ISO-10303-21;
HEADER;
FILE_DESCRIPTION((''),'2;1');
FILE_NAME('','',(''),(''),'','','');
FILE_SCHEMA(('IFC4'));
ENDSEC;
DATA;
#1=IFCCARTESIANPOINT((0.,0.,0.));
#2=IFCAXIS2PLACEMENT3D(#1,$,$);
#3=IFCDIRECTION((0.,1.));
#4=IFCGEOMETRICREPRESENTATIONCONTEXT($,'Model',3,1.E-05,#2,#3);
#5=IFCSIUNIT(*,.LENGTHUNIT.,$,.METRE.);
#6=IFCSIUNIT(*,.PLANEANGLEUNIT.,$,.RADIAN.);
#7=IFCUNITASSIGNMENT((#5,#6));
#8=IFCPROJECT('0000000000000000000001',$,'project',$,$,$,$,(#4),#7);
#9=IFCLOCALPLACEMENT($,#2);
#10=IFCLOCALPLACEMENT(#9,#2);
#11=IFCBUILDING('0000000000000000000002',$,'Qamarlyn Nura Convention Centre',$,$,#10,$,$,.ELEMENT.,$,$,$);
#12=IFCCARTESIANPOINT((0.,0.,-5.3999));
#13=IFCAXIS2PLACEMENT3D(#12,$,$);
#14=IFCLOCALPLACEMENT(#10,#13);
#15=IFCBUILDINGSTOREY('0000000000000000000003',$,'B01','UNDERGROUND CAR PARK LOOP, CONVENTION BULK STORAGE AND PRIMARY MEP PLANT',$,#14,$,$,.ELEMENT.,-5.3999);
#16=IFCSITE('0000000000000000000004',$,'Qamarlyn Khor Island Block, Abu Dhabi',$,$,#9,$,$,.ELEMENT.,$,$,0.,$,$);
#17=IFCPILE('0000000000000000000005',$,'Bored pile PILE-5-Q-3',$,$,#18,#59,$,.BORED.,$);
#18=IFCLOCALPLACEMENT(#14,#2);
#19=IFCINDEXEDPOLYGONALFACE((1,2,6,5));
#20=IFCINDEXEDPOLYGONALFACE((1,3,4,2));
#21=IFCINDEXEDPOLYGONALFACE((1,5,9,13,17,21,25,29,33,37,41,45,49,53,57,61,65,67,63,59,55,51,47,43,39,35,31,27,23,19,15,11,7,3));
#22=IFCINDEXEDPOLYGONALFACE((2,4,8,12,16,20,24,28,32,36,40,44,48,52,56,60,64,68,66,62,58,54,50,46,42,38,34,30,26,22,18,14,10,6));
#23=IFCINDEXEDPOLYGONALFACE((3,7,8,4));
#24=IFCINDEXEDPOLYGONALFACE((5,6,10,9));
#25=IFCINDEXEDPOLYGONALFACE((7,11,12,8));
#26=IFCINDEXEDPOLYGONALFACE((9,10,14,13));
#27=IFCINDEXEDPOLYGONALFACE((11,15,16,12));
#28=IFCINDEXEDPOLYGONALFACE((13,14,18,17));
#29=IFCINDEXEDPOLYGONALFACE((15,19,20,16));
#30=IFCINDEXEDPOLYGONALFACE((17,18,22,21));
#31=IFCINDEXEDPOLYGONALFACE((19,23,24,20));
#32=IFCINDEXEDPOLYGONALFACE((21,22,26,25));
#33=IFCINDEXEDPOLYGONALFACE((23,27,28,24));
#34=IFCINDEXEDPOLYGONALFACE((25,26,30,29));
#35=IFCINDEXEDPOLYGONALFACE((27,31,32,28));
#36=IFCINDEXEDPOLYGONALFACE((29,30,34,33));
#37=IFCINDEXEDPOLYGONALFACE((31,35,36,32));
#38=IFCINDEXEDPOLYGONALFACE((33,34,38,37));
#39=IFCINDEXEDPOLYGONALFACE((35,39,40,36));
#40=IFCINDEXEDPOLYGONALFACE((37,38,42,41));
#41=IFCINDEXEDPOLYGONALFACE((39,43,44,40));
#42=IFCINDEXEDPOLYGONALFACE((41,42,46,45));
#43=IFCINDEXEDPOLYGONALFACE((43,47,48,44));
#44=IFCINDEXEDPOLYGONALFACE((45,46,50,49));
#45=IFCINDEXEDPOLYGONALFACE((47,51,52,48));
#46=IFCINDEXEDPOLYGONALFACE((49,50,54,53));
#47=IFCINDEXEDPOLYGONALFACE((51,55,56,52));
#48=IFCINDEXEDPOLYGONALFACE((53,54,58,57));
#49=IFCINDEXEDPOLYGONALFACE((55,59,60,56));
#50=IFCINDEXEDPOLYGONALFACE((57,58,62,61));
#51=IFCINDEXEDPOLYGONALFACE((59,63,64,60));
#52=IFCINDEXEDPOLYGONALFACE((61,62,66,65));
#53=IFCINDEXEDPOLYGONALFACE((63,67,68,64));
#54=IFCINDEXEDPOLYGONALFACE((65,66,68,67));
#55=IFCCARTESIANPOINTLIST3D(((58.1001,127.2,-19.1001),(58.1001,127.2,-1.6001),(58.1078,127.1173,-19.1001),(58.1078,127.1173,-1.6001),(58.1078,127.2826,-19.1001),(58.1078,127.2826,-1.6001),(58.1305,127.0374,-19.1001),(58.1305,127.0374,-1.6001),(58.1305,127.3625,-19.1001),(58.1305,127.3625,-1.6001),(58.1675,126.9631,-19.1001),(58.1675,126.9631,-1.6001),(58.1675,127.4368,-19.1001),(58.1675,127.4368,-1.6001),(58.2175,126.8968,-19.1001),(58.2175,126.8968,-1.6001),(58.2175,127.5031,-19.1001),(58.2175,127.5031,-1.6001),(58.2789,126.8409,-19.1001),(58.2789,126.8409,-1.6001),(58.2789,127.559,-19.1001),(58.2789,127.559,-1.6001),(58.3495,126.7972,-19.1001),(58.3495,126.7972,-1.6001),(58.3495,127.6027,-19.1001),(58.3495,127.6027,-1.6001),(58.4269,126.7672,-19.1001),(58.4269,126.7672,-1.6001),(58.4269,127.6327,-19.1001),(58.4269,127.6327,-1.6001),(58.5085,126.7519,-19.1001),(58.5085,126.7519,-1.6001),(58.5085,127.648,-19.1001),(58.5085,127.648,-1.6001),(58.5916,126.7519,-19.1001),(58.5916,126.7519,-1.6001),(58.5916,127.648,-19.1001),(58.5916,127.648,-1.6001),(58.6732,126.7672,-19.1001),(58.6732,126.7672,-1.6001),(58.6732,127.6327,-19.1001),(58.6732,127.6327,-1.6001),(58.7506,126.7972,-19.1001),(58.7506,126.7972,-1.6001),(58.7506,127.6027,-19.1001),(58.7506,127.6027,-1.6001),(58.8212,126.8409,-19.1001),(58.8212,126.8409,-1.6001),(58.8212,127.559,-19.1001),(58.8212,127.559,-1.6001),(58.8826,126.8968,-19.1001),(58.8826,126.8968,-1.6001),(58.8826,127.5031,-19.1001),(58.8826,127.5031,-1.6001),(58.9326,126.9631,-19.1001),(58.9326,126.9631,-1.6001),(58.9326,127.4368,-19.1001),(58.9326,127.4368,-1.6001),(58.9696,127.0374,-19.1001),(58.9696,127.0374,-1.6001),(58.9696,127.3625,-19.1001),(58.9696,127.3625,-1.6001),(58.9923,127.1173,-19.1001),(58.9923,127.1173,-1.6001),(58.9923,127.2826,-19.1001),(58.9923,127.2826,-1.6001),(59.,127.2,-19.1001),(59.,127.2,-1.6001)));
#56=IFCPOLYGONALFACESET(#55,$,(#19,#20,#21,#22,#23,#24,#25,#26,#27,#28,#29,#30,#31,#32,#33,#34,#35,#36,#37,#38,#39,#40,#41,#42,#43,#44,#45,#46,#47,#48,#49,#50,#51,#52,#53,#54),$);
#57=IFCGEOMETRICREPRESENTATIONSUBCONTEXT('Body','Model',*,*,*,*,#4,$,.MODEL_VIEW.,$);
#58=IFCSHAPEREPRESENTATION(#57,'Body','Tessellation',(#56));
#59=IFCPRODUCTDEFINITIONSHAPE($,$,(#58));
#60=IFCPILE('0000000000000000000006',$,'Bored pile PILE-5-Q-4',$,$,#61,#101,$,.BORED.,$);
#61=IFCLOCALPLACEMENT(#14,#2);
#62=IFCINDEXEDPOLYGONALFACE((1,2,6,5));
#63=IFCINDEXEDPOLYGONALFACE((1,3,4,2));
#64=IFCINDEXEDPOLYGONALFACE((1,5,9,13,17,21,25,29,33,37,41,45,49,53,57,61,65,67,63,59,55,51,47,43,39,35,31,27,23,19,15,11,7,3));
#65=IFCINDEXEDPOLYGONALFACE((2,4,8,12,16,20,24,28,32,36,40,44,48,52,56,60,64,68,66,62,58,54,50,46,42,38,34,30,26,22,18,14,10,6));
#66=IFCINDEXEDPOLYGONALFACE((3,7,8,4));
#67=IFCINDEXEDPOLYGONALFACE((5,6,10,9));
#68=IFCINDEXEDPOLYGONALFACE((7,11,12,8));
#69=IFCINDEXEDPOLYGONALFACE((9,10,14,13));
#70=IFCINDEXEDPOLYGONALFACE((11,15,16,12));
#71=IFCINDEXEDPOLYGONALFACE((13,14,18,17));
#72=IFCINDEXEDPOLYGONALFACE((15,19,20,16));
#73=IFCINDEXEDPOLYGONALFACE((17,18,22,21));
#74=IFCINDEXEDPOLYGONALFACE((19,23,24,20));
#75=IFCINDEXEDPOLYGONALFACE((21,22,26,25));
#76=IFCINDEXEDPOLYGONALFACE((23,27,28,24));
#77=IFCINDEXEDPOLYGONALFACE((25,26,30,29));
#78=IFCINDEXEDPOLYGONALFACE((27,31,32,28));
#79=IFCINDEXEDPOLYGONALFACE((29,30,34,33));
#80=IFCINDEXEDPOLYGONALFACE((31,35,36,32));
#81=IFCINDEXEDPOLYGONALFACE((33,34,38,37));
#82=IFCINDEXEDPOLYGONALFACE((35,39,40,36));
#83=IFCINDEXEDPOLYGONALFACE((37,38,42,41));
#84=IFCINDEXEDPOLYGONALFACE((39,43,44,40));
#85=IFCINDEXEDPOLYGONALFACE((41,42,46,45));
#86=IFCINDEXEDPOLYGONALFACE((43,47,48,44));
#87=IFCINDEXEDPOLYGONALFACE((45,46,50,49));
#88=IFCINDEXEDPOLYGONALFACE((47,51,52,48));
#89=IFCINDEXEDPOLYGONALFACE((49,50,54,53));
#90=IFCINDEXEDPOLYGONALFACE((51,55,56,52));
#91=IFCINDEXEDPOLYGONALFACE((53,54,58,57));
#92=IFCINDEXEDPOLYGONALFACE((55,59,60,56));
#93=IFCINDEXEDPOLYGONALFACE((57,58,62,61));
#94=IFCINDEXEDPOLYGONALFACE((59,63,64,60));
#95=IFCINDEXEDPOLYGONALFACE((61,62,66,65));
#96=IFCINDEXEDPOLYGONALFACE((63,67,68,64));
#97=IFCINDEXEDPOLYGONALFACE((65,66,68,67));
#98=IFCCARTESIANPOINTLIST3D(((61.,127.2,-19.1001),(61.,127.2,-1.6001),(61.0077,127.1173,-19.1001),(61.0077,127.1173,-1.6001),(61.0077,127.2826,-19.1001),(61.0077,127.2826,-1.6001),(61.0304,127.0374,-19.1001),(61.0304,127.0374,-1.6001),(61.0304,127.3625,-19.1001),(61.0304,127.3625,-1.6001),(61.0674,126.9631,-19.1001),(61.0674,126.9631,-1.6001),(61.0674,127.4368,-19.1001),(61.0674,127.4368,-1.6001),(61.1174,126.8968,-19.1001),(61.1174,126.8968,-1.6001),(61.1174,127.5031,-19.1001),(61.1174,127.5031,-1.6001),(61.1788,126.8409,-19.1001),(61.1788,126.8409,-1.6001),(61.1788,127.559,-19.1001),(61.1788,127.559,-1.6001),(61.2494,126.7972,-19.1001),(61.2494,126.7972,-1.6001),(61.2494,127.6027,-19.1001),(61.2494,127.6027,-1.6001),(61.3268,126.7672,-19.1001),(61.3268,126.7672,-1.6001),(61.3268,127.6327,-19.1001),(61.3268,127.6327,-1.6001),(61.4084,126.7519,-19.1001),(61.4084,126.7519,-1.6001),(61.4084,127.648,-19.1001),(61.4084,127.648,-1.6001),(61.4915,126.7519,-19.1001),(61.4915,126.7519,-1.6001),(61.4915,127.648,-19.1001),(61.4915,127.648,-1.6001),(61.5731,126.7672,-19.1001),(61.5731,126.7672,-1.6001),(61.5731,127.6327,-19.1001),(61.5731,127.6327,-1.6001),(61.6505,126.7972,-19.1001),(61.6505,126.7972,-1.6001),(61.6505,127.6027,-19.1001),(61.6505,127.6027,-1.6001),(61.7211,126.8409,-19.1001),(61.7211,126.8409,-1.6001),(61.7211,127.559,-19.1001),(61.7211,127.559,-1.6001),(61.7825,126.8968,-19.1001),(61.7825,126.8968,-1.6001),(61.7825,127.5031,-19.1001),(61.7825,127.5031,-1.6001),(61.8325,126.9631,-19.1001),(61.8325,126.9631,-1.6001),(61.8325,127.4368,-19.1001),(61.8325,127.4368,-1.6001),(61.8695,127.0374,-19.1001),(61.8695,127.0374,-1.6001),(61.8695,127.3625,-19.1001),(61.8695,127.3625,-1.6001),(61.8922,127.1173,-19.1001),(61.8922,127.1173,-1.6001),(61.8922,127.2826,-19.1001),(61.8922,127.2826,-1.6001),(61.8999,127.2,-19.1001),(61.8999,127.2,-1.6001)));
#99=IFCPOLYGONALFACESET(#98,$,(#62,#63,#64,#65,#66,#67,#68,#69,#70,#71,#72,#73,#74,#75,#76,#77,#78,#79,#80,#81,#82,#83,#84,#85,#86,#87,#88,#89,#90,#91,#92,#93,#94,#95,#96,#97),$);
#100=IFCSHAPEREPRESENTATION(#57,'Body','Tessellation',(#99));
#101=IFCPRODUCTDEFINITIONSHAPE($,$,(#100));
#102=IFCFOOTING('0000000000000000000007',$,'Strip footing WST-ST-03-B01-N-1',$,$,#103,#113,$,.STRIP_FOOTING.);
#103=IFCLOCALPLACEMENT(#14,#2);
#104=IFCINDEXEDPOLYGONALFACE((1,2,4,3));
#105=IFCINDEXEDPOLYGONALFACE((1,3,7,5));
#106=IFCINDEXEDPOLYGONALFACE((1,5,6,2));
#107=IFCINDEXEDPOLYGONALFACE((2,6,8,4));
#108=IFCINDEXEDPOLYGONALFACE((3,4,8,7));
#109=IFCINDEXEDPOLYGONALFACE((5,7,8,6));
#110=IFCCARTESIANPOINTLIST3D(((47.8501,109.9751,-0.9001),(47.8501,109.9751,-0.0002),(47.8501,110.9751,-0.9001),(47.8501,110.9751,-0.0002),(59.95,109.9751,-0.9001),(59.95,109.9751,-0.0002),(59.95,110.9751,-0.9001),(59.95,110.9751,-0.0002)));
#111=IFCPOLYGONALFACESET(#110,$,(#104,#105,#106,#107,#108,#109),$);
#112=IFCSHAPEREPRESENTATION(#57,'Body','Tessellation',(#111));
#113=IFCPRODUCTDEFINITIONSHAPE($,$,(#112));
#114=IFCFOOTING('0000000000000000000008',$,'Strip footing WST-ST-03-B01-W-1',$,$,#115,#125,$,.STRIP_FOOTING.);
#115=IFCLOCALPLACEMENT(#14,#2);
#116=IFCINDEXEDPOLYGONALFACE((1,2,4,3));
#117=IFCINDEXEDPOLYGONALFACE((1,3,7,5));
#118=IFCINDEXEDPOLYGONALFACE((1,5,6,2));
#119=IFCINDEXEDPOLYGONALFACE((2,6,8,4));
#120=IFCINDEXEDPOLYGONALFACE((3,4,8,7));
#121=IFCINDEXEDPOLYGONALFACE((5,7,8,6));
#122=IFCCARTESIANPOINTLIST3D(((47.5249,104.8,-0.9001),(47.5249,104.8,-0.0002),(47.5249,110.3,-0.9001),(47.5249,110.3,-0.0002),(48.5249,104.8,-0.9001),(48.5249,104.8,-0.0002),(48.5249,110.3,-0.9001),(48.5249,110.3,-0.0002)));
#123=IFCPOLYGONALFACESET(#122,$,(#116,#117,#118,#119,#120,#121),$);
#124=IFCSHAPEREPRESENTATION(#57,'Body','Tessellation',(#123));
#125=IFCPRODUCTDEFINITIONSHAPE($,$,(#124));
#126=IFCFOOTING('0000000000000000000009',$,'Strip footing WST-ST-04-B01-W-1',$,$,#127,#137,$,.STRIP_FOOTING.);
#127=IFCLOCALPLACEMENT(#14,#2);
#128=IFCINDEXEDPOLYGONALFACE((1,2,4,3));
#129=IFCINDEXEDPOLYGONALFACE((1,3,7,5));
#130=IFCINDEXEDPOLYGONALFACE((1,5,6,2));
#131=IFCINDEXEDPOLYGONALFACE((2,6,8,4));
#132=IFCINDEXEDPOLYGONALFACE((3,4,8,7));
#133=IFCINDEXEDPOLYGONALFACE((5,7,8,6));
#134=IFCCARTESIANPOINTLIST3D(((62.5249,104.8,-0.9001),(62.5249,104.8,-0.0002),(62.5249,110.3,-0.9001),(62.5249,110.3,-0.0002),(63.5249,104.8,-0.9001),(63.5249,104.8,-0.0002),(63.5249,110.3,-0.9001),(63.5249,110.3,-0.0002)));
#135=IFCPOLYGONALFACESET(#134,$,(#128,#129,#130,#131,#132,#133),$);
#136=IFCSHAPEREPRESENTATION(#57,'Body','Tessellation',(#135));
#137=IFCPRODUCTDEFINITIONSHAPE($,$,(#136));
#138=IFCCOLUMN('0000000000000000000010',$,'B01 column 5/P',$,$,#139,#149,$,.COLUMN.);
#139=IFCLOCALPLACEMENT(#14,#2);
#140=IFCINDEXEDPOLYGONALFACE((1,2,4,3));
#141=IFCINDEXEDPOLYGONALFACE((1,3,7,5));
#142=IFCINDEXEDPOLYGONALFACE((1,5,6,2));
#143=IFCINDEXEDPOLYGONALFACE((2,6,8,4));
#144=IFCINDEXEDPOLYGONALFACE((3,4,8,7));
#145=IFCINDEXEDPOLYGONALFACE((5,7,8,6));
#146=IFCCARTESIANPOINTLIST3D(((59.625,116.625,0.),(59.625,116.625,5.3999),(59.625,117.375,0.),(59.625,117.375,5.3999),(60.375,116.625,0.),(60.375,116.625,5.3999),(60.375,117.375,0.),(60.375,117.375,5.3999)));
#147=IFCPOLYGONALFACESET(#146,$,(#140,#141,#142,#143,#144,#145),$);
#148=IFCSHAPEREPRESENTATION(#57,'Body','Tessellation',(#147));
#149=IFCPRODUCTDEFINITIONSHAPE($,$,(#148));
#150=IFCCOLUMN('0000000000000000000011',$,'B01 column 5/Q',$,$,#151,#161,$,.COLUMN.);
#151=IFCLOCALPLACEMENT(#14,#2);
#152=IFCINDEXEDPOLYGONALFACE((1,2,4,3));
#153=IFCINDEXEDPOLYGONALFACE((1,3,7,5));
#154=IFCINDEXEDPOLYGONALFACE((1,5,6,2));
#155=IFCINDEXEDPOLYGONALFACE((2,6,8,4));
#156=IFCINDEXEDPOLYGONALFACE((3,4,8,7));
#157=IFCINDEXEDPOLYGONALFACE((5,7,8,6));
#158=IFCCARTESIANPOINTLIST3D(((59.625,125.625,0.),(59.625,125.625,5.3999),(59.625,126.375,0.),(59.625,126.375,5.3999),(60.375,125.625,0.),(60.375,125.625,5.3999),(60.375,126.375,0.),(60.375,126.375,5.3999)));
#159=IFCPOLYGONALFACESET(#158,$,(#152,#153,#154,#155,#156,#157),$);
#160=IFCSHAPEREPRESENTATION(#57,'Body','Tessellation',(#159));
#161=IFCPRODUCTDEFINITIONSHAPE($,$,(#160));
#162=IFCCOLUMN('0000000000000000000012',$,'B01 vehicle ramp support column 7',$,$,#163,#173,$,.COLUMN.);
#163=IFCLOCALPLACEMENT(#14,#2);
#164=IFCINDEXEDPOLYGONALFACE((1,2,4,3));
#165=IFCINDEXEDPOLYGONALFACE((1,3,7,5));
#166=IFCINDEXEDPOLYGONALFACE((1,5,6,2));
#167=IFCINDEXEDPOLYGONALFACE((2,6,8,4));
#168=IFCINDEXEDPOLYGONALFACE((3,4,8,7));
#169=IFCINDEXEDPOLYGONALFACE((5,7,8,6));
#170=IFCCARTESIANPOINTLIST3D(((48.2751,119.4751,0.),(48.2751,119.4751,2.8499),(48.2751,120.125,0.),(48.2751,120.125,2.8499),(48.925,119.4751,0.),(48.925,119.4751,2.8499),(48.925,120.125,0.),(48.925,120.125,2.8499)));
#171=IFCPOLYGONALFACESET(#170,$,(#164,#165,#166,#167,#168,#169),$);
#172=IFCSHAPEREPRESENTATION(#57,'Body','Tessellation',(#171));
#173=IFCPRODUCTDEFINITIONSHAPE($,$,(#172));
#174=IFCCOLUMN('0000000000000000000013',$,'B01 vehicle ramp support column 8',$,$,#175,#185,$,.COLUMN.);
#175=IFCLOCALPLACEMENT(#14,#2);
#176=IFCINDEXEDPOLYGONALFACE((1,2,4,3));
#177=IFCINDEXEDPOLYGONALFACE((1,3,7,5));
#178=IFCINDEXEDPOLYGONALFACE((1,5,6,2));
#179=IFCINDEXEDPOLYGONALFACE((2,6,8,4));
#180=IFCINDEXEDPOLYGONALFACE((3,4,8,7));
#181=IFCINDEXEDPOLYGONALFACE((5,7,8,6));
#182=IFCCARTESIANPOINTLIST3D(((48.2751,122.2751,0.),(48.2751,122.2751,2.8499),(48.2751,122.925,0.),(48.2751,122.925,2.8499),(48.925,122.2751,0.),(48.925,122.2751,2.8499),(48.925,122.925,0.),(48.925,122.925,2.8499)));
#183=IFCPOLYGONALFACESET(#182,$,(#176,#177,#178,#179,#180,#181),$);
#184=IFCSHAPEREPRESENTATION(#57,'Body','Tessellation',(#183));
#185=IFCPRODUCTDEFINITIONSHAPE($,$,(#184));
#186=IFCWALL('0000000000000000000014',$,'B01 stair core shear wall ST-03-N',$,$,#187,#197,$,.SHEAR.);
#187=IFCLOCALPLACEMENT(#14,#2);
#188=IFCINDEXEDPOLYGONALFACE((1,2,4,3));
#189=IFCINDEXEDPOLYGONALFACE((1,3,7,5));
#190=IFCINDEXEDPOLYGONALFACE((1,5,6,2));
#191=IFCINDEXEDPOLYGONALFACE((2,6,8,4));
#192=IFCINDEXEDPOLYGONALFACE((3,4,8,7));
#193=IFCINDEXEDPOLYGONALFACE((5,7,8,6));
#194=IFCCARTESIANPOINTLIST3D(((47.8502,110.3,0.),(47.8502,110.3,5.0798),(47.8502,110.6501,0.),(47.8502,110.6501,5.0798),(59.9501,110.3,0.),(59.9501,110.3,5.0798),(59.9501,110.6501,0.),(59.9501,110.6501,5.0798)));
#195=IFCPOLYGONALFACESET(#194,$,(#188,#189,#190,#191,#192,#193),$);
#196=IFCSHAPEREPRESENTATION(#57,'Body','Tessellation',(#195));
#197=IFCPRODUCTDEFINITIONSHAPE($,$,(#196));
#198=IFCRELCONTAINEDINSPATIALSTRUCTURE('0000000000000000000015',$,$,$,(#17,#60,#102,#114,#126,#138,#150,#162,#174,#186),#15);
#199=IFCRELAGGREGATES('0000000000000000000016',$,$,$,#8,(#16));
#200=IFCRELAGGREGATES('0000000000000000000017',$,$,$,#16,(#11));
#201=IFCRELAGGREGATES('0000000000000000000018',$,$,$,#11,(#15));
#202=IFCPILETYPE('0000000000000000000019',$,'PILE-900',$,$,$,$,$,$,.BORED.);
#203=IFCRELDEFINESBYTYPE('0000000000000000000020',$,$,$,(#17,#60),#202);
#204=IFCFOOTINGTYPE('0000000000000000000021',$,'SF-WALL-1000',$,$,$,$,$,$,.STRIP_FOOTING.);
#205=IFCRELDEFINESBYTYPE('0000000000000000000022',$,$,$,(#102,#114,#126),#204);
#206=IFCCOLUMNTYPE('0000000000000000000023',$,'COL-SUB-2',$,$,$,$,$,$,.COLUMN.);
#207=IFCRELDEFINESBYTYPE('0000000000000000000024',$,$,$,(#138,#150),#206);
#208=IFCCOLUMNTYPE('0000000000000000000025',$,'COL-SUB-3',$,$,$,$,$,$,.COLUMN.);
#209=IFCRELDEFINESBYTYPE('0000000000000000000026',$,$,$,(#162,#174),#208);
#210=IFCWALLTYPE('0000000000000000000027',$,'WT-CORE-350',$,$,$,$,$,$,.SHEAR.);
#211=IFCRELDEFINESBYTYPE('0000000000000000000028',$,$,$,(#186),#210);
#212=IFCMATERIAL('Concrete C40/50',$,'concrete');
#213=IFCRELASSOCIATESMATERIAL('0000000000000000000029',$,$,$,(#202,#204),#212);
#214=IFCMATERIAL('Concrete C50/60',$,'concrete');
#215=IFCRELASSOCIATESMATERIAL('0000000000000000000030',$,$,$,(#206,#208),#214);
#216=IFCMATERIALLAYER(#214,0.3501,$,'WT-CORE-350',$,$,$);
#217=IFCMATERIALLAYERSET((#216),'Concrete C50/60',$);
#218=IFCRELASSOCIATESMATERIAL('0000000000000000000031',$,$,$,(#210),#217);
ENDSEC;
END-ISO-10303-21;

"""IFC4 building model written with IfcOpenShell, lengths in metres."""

from ifc_helpers import new_model, si_unit, direction, frame, frame_2d, origin, origin_2d, place, context, subcontext, project, spatial, rectangle, circle, extrude, material, layer, layer_set, material_profile, profile_set, type_object, element, save


model = new_model("IFC4")

# Units and contexts
model_context = context("Model", 3, precision=1e-05, world=origin(), true_north=direction((0.0, 1.0)))
body_context = subcontext(model_context, "Body", "Model", "MODEL_VIEW")
ifc_project = project(units=[si_unit("LENGTHUNIT", "METRE"), si_unit("PLANEANGLEUNIT", "RADIAN")], contexts=[model_context])

# Site, building, storey
site_placement = place(None, origin())
site = spatial("IfcSite", under=ifc_project, at=site_placement, Name="Qamarlyn Khor Island Block, Abu Dhabi", CompositionType="ELEMENT", RefElevation=0.0)
building_placement = place(site_placement, origin())
building = spatial("IfcBuilding", under=site, at=building_placement, Name="Qamarlyn Nura Convention Centre", CompositionType="ELEMENT")
storey_placement = place(building_placement, frame((0.0, 0.0, -5.3999)))
storey = spatial("IfcBuildingStorey", under=building, at=storey_placement, Name="B01", Description="UNDERGROUND CAR PARK LOOP, CONVENTION BULK STORAGE AND PRIMARY MEP PLANT", CompositionType="ELEMENT", Elevation=-5.3999)

# Shared definitions
ifc_material_1 = material(Name="Concrete C40/50", Category="concrete")

# Piles
ifc_material_profile_1 = material_profile(ifc_material_1, circle(Radius=0.45, at=origin_2d()), Name="BORED PILE 900")
ifc_profile_set_1 = profile_set([ifc_material_profile_1], Name="Concrete C40/50")
pile_type = type_object("IfcPileType", Name="PILE-900", PredefinedType="BORED", material=ifc_profile_set_1)
for number, where, z_axis, x_axis, name in (
    (1, (58.55, 127.2, -1.6001), (0.0, 0.0, -1.0), (1.0, 0.0, 0.0), "Bored pile PILE-5-Q-3"),
    (2, (61.45, 127.2, -1.6001), (0.0, 0.0, -1.0), (1.0, 0.0, 0.0), "Bored pile PILE-5-Q-4"),
):
    element("IfcPile", number, at=place(storey_placement, frame(where, z_axis=z_axis, x_axis=x_axis)), inside=storey, type_object=pile_type, Name=name, PredefinedType="BORED", context=body_context, shape_type="SweptSolid", body=[
        extrude(circle(Radius=0.45, at=origin_2d()), origin(), (0.0, 0.0, 1.0), 17.5),
    ])

# Footings
ifc_material_profile_2 = material_profile(ifc_material_1, rectangle(XDim=1.0, YDim=0.8999, at=origin_2d()), Name="RC STRIP 1000x900")
ifc_profile_set_2 = profile_set([ifc_material_profile_2], Name="Concrete C40/50")
footing_type_1 = type_object("IfcFootingType", Name="SF-WALL-1000", PredefinedType="STRIP_FOOTING", material=ifc_profile_set_2)
footing_1_placement = place(storey_placement, frame((59.95, 110.4751, -0.4502), z_axis=(-1.0, 0.0, 0.0), x_axis=(0.0, -1.0, 0.0)))
element("IfcFooting", 3, at=footing_1_placement, inside=storey, type_object=footing_type_1, Name="Strip footing WST-ST-03-B01-N-1", PredefinedType="STRIP_FOOTING", context=body_context, shape_type="SweptSolid", body=[
    extrude(rectangle(XDim=1.0, YDim=0.8999, at=origin_2d()), origin(), (0.0, 0.0, 1.0), 12.0999),
])
for number, where, z_axis, x_axis, name in (
    (4, (48.0249, 110.3, -0.4502), (0.0, -1.0, 0.0), (1.0, 0.0, 0.0), "Strip footing WST-ST-03-B01-W-1"),
    (5, (63.0249, 110.3, -0.4502), (0.0, -1.0, 0.0), (1.0, 0.0, 0.0), "Strip footing WST-ST-04-B01-W-1"),
):
    element("IfcFooting", number, at=place(storey_placement, frame(where, z_axis=z_axis, x_axis=x_axis)), inside=storey, type_object=footing_type_1, Name=name, PredefinedType="STRIP_FOOTING", context=body_context, shape_type="SweptSolid", body=[
        extrude(rectangle(XDim=1.0, YDim=0.8999, at=origin_2d()), origin(), (0.0, 0.0, 1.0), 5.5),
    ])

# Columns
ifc_material_2 = material(Name="Concrete C50/60", Category="concrete")
ifc_material_profile_3 = material_profile(ifc_material_2, rectangle(XDim=0.75, YDim=0.75, at=origin_2d()), Name="RC 750x750")
ifc_profile_set_3 = profile_set([ifc_material_profile_3], Name="Concrete C50/60")
column_type_1 = type_object("IfcColumnType", Name="COL-SUB-2", PredefinedType="COLUMN", material=ifc_profile_set_3)
for number, where, z_axis, x_axis, name in (
    (6, (60.0, 117.0, 0.0), (0.0, 0.0, 1.0), (1.0, 0.0, 0.0), "B01 column 5/P"),
    (7, (60.0, 126.0, 0.0), (0.0, 0.0, 1.0), (1.0, 0.0, 0.0), "B01 column 5/Q"),
):
    element("IfcColumn", number, at=place(storey_placement, frame(where, z_axis=z_axis, x_axis=x_axis)), inside=storey, type_object=column_type_1, Name=name, PredefinedType="COLUMN", context=body_context, shape_type="SweptSolid", body=[
        extrude(rectangle(XDim=0.75, YDim=0.75, at=origin_2d()), origin(), (0.0, 0.0, 1.0), 5.3999),
    ])
ifc_material_profile_4 = material_profile(ifc_material_2, rectangle(XDim=0.6499, YDim=0.6499, at=origin_2d()), Name="RC 650x650")
ifc_profile_set_4 = profile_set([ifc_material_profile_4], Name="Concrete C50/60")
column_type_2 = type_object("IfcColumnType", Name="COL-SUB-3", PredefinedType="COLUMN", material=ifc_profile_set_4)
for number, where, z_axis, x_axis, name in (
    (8, (48.6001, 119.8, 0.0), (0.0, 0.0, 1.0), (1.0, 0.0, 0.0), "B01 vehicle ramp support column 7"),
    (9, (48.6001, 122.6001, 0.0), (0.0, 0.0, 1.0), (1.0, 0.0, 0.0), "B01 vehicle ramp support column 8"),
):
    element("IfcColumn", number, at=place(storey_placement, frame(where, z_axis=z_axis, x_axis=x_axis)), inside=storey, type_object=column_type_2, Name=name, PredefinedType="COLUMN", context=body_context, shape_type="SweptSolid", body=[
        extrude(rectangle(XDim=0.6499, YDim=0.6499, at=origin_2d()), origin(), (0.0, 0.0, 1.0), 2.8499),
    ])

# Wall
ifc_layer_1 = layer(ifc_material_2, 0.3501, Name="WT-CORE-350")
ifc_layer_set_1 = layer_set([ifc_layer_1], Name="Concrete C50/60")
wall_type_1 = type_object("IfcWallType", Name="WT-CORE-350", PredefinedType="SHEAR", material=ifc_layer_set_1)
wall_1_placement = place(storey_placement, frame((59.95, 110.4751, 0.0), z_axis=(0.0, 0.0, 1.0), x_axis=(-1.0, 0.0, 0.0)))
element("IfcWall", 10, at=wall_1_placement, inside=storey, type_object=wall_type_1, Name="B01 stair core shear wall ST-03-N", PredefinedType="SHEAR", context=body_context, shape_type="SweptSolid", body=[
    extrude(rectangle(XDim=12.0999, YDim=0.3501, at=frame_2d((6.0498, 0.0))), origin(), (0.0, 0.0, 1.0), 5.0798),
])

save(model, "model.ifc")
